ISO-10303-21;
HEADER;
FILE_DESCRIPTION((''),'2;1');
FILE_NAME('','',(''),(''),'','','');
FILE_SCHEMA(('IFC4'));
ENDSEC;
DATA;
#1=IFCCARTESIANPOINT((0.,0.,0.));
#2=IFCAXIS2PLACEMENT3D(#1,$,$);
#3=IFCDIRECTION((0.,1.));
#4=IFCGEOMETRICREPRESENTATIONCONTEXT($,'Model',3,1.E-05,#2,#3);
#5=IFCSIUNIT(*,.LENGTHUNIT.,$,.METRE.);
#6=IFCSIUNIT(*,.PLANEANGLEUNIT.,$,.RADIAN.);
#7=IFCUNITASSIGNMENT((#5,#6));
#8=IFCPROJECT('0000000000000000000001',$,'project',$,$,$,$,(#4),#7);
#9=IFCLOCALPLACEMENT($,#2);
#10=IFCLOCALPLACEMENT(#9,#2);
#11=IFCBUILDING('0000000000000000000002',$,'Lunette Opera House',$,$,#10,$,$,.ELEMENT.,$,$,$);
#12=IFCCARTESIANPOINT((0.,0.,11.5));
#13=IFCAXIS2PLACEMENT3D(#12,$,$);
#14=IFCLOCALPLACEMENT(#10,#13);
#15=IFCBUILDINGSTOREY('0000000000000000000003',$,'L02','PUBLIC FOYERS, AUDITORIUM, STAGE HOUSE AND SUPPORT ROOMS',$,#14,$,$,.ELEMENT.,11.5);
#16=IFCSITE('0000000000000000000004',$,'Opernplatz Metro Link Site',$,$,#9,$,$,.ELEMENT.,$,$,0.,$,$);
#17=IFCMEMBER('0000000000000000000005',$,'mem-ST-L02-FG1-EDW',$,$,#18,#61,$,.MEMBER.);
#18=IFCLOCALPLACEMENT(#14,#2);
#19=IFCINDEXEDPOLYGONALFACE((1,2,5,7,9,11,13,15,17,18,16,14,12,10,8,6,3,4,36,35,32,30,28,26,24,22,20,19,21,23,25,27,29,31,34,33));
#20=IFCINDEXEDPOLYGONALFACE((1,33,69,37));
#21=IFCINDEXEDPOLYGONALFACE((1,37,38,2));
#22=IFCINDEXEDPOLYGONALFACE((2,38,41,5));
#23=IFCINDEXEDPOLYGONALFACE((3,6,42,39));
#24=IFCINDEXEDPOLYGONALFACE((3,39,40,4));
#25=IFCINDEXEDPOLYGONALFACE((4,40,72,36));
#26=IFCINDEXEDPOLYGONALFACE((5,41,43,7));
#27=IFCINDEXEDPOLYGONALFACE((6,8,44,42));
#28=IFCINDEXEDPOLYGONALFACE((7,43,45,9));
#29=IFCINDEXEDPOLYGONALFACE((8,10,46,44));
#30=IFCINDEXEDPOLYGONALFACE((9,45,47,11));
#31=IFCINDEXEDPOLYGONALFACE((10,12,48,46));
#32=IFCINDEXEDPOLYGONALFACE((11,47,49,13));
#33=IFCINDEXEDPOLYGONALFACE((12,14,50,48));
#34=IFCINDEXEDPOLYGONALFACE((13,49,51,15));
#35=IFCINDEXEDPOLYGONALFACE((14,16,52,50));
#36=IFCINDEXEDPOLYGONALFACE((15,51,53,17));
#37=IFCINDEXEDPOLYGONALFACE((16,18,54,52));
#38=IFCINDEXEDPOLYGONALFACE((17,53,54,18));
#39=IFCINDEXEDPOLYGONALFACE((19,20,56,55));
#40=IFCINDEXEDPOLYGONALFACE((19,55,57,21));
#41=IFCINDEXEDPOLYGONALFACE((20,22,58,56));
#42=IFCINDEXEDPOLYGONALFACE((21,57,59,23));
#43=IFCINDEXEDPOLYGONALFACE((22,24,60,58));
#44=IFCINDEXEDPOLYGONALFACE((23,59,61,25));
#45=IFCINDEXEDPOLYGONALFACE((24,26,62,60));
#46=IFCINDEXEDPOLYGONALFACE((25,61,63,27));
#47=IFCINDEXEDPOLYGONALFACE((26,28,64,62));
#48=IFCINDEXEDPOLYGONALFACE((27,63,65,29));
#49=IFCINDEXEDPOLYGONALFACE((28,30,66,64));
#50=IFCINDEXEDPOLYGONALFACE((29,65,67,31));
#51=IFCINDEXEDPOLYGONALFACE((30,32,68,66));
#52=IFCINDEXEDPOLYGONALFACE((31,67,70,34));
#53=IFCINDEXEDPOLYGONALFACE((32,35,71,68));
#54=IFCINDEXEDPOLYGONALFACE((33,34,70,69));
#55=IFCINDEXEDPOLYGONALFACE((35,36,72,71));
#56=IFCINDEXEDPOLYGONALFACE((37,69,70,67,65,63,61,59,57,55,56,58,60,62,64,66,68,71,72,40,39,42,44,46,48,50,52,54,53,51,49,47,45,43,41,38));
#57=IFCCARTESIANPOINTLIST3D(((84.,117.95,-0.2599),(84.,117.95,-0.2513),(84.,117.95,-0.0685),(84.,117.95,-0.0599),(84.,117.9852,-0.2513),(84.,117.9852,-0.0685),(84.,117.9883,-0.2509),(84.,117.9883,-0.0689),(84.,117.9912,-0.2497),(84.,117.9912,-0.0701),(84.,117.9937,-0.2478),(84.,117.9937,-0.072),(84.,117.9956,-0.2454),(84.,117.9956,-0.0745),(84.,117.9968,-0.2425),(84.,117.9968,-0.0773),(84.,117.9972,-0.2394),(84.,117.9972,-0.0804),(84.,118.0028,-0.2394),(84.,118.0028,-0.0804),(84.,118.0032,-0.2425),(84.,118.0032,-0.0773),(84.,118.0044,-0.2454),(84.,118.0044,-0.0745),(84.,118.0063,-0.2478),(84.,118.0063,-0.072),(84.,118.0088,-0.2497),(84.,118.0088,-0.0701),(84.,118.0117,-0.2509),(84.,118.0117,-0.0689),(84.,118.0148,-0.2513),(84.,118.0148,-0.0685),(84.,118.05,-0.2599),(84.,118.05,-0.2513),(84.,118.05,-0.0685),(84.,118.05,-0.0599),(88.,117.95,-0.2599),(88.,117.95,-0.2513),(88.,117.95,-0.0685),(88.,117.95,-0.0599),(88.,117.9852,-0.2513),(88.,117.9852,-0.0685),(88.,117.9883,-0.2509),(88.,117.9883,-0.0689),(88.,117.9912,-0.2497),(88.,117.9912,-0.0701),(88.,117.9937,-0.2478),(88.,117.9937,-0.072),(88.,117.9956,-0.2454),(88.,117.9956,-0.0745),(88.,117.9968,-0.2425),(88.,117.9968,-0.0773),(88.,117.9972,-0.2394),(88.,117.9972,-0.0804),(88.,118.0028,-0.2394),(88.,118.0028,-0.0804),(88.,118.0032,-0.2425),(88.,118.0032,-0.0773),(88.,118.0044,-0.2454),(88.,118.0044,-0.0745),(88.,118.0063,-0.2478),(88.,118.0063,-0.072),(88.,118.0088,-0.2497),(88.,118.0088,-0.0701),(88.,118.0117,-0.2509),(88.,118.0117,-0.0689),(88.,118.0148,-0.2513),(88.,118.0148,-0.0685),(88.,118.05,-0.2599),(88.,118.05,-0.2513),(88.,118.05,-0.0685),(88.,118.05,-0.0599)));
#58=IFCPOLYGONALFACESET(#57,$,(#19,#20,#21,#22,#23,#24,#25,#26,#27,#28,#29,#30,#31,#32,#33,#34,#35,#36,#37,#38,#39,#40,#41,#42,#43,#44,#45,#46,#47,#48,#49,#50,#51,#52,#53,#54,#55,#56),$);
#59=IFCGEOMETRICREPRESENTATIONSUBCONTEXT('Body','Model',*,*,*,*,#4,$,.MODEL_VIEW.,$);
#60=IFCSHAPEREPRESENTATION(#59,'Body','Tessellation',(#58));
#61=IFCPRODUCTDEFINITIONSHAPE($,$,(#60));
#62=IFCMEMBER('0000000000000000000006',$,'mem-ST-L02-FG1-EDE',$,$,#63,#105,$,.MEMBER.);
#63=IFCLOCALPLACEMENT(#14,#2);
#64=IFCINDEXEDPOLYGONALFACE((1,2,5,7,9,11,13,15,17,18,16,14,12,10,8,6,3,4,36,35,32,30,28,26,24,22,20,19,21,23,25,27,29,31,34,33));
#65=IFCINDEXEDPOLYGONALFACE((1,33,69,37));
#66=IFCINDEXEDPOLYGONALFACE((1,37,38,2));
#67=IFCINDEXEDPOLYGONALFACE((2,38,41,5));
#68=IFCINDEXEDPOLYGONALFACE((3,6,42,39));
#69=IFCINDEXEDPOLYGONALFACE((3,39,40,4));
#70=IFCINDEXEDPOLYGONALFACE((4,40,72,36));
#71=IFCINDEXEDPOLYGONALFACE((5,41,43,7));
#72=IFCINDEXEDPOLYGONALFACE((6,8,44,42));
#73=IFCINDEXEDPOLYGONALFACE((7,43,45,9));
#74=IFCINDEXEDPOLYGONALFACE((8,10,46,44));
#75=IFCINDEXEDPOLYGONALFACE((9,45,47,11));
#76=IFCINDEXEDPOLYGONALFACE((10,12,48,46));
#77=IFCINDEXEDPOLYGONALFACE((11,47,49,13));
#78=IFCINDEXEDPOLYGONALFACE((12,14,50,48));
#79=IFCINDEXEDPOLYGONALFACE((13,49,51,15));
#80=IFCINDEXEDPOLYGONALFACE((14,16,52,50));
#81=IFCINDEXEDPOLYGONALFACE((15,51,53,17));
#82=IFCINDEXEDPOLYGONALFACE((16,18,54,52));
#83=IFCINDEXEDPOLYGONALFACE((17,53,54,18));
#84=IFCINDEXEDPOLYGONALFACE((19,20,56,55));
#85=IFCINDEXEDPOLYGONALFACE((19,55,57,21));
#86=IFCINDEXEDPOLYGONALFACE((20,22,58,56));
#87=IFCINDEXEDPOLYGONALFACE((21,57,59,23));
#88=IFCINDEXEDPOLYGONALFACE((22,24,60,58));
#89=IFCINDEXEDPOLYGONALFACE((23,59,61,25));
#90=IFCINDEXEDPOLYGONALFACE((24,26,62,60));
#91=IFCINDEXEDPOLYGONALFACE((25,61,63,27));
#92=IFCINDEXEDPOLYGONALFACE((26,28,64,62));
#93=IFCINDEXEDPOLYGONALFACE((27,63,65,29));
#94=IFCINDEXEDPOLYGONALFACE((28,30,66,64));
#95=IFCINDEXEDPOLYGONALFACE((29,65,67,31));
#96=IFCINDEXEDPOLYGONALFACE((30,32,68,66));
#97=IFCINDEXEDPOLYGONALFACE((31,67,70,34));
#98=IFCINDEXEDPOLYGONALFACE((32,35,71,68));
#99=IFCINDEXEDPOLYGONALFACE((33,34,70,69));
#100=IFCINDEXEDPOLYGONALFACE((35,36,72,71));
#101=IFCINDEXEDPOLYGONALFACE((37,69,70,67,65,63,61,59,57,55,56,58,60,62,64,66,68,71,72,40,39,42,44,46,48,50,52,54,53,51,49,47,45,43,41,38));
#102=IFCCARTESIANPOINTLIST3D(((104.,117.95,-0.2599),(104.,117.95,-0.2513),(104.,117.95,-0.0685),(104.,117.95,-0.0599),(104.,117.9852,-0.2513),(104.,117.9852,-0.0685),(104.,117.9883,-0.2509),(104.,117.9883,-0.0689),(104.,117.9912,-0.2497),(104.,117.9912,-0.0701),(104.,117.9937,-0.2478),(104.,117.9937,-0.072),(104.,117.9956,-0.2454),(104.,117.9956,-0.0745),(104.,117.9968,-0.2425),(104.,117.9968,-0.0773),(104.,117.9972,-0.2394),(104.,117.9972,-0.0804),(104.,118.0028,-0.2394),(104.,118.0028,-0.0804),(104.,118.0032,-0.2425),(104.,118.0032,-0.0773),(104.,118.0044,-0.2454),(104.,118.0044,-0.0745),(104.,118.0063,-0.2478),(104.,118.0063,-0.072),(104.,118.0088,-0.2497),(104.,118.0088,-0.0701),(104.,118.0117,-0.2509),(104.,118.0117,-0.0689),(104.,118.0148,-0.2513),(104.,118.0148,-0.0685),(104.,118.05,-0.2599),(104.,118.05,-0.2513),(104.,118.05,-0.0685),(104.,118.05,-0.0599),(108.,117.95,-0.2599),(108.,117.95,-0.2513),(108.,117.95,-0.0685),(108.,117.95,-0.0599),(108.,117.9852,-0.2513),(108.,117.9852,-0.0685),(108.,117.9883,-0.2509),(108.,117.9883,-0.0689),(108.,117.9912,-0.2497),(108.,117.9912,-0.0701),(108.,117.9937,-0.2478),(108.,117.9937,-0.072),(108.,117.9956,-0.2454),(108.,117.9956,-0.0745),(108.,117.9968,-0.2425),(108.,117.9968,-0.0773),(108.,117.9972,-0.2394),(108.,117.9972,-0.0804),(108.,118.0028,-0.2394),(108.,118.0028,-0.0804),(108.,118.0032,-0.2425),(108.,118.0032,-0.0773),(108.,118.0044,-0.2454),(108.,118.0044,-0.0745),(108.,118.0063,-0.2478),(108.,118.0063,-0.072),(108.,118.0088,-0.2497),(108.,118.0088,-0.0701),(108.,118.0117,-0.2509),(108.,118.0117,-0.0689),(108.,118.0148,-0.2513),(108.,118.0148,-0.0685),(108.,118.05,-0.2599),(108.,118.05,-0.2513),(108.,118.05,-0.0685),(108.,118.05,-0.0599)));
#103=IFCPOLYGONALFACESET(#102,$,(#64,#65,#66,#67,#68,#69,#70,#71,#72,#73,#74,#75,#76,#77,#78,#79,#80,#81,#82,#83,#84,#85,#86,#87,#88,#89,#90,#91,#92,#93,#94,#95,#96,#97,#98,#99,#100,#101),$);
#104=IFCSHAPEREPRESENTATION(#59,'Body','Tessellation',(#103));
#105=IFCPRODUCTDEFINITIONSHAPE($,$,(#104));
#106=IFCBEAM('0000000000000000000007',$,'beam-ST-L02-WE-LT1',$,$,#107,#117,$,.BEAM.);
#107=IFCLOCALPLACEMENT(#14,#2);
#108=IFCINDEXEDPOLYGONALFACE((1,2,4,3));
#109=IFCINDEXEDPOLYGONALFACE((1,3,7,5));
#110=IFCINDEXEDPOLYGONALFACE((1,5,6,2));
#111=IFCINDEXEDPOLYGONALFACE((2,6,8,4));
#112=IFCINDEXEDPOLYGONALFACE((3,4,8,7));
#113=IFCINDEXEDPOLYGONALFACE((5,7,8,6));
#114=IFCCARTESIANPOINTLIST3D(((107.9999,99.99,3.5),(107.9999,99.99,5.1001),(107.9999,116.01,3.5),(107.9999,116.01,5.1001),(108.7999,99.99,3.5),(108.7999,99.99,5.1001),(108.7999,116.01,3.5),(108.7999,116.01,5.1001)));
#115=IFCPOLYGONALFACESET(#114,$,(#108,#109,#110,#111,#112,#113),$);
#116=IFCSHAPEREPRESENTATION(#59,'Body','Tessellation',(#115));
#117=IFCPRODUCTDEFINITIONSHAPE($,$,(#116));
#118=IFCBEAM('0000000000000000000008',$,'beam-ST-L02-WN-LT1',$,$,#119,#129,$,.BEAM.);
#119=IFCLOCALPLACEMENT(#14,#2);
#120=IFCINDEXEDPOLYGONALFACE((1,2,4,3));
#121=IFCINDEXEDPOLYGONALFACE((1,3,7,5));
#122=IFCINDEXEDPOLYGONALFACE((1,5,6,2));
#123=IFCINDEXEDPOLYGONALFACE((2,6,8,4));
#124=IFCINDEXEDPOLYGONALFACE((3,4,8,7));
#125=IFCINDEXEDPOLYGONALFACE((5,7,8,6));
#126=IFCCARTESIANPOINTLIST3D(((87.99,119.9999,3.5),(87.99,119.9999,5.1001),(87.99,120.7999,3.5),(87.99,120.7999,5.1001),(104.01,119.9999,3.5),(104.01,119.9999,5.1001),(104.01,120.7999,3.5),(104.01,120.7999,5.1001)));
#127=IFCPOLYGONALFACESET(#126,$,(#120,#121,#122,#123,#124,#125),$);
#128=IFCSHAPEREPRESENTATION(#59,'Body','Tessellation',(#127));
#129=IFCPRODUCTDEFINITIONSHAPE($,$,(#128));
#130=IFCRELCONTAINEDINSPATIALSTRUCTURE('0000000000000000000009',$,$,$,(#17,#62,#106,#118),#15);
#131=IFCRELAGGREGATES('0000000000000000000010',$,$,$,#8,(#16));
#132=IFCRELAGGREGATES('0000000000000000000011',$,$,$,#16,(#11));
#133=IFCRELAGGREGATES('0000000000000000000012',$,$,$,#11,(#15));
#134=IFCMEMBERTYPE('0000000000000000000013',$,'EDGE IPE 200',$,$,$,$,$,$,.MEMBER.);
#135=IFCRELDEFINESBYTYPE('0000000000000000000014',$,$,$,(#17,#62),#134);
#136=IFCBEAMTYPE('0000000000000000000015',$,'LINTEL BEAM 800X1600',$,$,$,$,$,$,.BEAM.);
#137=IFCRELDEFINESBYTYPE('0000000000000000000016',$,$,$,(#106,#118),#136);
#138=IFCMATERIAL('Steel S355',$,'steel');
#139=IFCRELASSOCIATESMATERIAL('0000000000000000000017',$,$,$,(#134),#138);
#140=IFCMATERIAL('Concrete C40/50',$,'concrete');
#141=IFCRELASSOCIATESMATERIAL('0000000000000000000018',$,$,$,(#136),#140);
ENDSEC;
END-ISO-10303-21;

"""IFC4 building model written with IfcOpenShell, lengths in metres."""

from ifc_helpers import new_model, si_unit, direction, frame, origin, origin_2d, place, context, subcontext, project, spatial, rectangle, i_section, extrude, material, material_profile, profile_set, type_object, element, save


model = new_model("IFC4")

# Units and contexts
model_context = context("Model", 3, precision=1e-05, world=origin(), true_north=direction((0.0, 1.0)))
body_context = subcontext(model_context, "Body", "Model", "MODEL_VIEW")
ifc_project = project(units=[si_unit("LENGTHUNIT", "METRE"), si_unit("PLANEANGLEUNIT", "RADIAN")], contexts=[model_context])

# Site, building, storey
site_placement = place(None, origin())
site = spatial("IfcSite", under=ifc_project, at=site_placement, Name="Opernplatz Metro Link Site", CompositionType="ELEMENT", RefElevation=0.0)
building_placement = place(site_placement, origin())
building = spatial("IfcBuilding", under=site, at=building_placement, Name="Lunette Opera House", CompositionType="ELEMENT")
storey_placement = place(building_placement, frame((0.0, 0.0, 11.5)))
storey = spatial("IfcBuildingStorey", under=building, at=storey_placement, Name="L02", Description="PUBLIC FOYERS, AUDITORIUM, STAGE HOUSE AND SUPPORT ROOMS", CompositionType="ELEMENT", Elevation=11.5)

# Members
ifc_material_1 = material(Name="Steel S355", Category="steel")
ifc_material_profile_1 = material_profile(ifc_material_1, i_section(OverallWidth=0.1001, OverallDepth=0.2, WebThickness=0.0056, FlangeThickness=0.0085, FilletRadius=0.012, at=origin_2d()), Name="IPE 200")
ifc_profile_set_1 = profile_set([ifc_material_profile_1], Name="Steel S355")
member_type_1 = type_object("IfcMemberType", Name="EDGE IPE 200", PredefinedType="MEMBER", material=ifc_profile_set_1)
for number, where, z_axis, x_axis, name in (
    (1, (84.0, 118.0, -0.1599), (1.0, 0.0, 0.0), (0.0, 1.0, 0.0), "mem-ST-L02-FG1-EDW"),
    (2, (104.0, 118.0, -0.1599), (1.0, 0.0, 0.0), (0.0, 1.0, 0.0), "mem-ST-L02-FG1-EDE"),
):
    element("IfcMember", number, at=place(storey_placement, frame(where, z_axis=z_axis, x_axis=x_axis)), inside=storey, type_object=member_type_1, Name=name, PredefinedType="MEMBER", context=body_context, shape_type="SweptSolid", body=[
        extrude(i_section(OverallWidth=0.1001, OverallDepth=0.2, WebThickness=0.0056, FlangeThickness=0.0085, FilletRadius=0.012, at=origin_2d()), origin(), (0.0, 0.0, 1.0), 4.0),
    ])

# Beams
ifc_material_2 = material(Name="Concrete C40/50", Category="concrete")
ifc_material_profile_2 = material_profile(ifc_material_2, rectangle(XDim=0.8, YDim=1.6001, at=origin_2d()), Name="LINTEL BEAM 800X1600")
ifc_profile_set_2 = profile_set([ifc_material_profile_2], Name="Concrete C40/50")
beam_type = type_object("IfcBeamType", Name="LINTEL BEAM 800X1600", PredefinedType="BEAM", material=ifc_profile_set_2)
for number, where, z_axis, x_axis, name in (
    (3, (108.3999, 99.99, 4.3), (0.0, 1.0, 0.0), (-1.0, 0.0, 0.0), "beam-ST-L02-WE-LT1"),
    (4, (87.99, 120.3999, 4.3), (1.0, 0.0, 0.0), (0.0, 1.0, 0.0), "beam-ST-L02-WN-LT1"),
):
    element("IfcBeam", number, at=place(storey_placement, frame(where, z_axis=z_axis, x_axis=x_axis)), inside=storey, type_object=beam_type, Name=name, PredefinedType="BEAM", context=body_context, shape_type="SweptSolid", body=[
        extrude(rectangle(XDim=0.8, YDim=1.6001, at=origin_2d()), origin(), (0.0, 0.0, 1.0), 16.02),
    ])

save(model, "model.ifc")
